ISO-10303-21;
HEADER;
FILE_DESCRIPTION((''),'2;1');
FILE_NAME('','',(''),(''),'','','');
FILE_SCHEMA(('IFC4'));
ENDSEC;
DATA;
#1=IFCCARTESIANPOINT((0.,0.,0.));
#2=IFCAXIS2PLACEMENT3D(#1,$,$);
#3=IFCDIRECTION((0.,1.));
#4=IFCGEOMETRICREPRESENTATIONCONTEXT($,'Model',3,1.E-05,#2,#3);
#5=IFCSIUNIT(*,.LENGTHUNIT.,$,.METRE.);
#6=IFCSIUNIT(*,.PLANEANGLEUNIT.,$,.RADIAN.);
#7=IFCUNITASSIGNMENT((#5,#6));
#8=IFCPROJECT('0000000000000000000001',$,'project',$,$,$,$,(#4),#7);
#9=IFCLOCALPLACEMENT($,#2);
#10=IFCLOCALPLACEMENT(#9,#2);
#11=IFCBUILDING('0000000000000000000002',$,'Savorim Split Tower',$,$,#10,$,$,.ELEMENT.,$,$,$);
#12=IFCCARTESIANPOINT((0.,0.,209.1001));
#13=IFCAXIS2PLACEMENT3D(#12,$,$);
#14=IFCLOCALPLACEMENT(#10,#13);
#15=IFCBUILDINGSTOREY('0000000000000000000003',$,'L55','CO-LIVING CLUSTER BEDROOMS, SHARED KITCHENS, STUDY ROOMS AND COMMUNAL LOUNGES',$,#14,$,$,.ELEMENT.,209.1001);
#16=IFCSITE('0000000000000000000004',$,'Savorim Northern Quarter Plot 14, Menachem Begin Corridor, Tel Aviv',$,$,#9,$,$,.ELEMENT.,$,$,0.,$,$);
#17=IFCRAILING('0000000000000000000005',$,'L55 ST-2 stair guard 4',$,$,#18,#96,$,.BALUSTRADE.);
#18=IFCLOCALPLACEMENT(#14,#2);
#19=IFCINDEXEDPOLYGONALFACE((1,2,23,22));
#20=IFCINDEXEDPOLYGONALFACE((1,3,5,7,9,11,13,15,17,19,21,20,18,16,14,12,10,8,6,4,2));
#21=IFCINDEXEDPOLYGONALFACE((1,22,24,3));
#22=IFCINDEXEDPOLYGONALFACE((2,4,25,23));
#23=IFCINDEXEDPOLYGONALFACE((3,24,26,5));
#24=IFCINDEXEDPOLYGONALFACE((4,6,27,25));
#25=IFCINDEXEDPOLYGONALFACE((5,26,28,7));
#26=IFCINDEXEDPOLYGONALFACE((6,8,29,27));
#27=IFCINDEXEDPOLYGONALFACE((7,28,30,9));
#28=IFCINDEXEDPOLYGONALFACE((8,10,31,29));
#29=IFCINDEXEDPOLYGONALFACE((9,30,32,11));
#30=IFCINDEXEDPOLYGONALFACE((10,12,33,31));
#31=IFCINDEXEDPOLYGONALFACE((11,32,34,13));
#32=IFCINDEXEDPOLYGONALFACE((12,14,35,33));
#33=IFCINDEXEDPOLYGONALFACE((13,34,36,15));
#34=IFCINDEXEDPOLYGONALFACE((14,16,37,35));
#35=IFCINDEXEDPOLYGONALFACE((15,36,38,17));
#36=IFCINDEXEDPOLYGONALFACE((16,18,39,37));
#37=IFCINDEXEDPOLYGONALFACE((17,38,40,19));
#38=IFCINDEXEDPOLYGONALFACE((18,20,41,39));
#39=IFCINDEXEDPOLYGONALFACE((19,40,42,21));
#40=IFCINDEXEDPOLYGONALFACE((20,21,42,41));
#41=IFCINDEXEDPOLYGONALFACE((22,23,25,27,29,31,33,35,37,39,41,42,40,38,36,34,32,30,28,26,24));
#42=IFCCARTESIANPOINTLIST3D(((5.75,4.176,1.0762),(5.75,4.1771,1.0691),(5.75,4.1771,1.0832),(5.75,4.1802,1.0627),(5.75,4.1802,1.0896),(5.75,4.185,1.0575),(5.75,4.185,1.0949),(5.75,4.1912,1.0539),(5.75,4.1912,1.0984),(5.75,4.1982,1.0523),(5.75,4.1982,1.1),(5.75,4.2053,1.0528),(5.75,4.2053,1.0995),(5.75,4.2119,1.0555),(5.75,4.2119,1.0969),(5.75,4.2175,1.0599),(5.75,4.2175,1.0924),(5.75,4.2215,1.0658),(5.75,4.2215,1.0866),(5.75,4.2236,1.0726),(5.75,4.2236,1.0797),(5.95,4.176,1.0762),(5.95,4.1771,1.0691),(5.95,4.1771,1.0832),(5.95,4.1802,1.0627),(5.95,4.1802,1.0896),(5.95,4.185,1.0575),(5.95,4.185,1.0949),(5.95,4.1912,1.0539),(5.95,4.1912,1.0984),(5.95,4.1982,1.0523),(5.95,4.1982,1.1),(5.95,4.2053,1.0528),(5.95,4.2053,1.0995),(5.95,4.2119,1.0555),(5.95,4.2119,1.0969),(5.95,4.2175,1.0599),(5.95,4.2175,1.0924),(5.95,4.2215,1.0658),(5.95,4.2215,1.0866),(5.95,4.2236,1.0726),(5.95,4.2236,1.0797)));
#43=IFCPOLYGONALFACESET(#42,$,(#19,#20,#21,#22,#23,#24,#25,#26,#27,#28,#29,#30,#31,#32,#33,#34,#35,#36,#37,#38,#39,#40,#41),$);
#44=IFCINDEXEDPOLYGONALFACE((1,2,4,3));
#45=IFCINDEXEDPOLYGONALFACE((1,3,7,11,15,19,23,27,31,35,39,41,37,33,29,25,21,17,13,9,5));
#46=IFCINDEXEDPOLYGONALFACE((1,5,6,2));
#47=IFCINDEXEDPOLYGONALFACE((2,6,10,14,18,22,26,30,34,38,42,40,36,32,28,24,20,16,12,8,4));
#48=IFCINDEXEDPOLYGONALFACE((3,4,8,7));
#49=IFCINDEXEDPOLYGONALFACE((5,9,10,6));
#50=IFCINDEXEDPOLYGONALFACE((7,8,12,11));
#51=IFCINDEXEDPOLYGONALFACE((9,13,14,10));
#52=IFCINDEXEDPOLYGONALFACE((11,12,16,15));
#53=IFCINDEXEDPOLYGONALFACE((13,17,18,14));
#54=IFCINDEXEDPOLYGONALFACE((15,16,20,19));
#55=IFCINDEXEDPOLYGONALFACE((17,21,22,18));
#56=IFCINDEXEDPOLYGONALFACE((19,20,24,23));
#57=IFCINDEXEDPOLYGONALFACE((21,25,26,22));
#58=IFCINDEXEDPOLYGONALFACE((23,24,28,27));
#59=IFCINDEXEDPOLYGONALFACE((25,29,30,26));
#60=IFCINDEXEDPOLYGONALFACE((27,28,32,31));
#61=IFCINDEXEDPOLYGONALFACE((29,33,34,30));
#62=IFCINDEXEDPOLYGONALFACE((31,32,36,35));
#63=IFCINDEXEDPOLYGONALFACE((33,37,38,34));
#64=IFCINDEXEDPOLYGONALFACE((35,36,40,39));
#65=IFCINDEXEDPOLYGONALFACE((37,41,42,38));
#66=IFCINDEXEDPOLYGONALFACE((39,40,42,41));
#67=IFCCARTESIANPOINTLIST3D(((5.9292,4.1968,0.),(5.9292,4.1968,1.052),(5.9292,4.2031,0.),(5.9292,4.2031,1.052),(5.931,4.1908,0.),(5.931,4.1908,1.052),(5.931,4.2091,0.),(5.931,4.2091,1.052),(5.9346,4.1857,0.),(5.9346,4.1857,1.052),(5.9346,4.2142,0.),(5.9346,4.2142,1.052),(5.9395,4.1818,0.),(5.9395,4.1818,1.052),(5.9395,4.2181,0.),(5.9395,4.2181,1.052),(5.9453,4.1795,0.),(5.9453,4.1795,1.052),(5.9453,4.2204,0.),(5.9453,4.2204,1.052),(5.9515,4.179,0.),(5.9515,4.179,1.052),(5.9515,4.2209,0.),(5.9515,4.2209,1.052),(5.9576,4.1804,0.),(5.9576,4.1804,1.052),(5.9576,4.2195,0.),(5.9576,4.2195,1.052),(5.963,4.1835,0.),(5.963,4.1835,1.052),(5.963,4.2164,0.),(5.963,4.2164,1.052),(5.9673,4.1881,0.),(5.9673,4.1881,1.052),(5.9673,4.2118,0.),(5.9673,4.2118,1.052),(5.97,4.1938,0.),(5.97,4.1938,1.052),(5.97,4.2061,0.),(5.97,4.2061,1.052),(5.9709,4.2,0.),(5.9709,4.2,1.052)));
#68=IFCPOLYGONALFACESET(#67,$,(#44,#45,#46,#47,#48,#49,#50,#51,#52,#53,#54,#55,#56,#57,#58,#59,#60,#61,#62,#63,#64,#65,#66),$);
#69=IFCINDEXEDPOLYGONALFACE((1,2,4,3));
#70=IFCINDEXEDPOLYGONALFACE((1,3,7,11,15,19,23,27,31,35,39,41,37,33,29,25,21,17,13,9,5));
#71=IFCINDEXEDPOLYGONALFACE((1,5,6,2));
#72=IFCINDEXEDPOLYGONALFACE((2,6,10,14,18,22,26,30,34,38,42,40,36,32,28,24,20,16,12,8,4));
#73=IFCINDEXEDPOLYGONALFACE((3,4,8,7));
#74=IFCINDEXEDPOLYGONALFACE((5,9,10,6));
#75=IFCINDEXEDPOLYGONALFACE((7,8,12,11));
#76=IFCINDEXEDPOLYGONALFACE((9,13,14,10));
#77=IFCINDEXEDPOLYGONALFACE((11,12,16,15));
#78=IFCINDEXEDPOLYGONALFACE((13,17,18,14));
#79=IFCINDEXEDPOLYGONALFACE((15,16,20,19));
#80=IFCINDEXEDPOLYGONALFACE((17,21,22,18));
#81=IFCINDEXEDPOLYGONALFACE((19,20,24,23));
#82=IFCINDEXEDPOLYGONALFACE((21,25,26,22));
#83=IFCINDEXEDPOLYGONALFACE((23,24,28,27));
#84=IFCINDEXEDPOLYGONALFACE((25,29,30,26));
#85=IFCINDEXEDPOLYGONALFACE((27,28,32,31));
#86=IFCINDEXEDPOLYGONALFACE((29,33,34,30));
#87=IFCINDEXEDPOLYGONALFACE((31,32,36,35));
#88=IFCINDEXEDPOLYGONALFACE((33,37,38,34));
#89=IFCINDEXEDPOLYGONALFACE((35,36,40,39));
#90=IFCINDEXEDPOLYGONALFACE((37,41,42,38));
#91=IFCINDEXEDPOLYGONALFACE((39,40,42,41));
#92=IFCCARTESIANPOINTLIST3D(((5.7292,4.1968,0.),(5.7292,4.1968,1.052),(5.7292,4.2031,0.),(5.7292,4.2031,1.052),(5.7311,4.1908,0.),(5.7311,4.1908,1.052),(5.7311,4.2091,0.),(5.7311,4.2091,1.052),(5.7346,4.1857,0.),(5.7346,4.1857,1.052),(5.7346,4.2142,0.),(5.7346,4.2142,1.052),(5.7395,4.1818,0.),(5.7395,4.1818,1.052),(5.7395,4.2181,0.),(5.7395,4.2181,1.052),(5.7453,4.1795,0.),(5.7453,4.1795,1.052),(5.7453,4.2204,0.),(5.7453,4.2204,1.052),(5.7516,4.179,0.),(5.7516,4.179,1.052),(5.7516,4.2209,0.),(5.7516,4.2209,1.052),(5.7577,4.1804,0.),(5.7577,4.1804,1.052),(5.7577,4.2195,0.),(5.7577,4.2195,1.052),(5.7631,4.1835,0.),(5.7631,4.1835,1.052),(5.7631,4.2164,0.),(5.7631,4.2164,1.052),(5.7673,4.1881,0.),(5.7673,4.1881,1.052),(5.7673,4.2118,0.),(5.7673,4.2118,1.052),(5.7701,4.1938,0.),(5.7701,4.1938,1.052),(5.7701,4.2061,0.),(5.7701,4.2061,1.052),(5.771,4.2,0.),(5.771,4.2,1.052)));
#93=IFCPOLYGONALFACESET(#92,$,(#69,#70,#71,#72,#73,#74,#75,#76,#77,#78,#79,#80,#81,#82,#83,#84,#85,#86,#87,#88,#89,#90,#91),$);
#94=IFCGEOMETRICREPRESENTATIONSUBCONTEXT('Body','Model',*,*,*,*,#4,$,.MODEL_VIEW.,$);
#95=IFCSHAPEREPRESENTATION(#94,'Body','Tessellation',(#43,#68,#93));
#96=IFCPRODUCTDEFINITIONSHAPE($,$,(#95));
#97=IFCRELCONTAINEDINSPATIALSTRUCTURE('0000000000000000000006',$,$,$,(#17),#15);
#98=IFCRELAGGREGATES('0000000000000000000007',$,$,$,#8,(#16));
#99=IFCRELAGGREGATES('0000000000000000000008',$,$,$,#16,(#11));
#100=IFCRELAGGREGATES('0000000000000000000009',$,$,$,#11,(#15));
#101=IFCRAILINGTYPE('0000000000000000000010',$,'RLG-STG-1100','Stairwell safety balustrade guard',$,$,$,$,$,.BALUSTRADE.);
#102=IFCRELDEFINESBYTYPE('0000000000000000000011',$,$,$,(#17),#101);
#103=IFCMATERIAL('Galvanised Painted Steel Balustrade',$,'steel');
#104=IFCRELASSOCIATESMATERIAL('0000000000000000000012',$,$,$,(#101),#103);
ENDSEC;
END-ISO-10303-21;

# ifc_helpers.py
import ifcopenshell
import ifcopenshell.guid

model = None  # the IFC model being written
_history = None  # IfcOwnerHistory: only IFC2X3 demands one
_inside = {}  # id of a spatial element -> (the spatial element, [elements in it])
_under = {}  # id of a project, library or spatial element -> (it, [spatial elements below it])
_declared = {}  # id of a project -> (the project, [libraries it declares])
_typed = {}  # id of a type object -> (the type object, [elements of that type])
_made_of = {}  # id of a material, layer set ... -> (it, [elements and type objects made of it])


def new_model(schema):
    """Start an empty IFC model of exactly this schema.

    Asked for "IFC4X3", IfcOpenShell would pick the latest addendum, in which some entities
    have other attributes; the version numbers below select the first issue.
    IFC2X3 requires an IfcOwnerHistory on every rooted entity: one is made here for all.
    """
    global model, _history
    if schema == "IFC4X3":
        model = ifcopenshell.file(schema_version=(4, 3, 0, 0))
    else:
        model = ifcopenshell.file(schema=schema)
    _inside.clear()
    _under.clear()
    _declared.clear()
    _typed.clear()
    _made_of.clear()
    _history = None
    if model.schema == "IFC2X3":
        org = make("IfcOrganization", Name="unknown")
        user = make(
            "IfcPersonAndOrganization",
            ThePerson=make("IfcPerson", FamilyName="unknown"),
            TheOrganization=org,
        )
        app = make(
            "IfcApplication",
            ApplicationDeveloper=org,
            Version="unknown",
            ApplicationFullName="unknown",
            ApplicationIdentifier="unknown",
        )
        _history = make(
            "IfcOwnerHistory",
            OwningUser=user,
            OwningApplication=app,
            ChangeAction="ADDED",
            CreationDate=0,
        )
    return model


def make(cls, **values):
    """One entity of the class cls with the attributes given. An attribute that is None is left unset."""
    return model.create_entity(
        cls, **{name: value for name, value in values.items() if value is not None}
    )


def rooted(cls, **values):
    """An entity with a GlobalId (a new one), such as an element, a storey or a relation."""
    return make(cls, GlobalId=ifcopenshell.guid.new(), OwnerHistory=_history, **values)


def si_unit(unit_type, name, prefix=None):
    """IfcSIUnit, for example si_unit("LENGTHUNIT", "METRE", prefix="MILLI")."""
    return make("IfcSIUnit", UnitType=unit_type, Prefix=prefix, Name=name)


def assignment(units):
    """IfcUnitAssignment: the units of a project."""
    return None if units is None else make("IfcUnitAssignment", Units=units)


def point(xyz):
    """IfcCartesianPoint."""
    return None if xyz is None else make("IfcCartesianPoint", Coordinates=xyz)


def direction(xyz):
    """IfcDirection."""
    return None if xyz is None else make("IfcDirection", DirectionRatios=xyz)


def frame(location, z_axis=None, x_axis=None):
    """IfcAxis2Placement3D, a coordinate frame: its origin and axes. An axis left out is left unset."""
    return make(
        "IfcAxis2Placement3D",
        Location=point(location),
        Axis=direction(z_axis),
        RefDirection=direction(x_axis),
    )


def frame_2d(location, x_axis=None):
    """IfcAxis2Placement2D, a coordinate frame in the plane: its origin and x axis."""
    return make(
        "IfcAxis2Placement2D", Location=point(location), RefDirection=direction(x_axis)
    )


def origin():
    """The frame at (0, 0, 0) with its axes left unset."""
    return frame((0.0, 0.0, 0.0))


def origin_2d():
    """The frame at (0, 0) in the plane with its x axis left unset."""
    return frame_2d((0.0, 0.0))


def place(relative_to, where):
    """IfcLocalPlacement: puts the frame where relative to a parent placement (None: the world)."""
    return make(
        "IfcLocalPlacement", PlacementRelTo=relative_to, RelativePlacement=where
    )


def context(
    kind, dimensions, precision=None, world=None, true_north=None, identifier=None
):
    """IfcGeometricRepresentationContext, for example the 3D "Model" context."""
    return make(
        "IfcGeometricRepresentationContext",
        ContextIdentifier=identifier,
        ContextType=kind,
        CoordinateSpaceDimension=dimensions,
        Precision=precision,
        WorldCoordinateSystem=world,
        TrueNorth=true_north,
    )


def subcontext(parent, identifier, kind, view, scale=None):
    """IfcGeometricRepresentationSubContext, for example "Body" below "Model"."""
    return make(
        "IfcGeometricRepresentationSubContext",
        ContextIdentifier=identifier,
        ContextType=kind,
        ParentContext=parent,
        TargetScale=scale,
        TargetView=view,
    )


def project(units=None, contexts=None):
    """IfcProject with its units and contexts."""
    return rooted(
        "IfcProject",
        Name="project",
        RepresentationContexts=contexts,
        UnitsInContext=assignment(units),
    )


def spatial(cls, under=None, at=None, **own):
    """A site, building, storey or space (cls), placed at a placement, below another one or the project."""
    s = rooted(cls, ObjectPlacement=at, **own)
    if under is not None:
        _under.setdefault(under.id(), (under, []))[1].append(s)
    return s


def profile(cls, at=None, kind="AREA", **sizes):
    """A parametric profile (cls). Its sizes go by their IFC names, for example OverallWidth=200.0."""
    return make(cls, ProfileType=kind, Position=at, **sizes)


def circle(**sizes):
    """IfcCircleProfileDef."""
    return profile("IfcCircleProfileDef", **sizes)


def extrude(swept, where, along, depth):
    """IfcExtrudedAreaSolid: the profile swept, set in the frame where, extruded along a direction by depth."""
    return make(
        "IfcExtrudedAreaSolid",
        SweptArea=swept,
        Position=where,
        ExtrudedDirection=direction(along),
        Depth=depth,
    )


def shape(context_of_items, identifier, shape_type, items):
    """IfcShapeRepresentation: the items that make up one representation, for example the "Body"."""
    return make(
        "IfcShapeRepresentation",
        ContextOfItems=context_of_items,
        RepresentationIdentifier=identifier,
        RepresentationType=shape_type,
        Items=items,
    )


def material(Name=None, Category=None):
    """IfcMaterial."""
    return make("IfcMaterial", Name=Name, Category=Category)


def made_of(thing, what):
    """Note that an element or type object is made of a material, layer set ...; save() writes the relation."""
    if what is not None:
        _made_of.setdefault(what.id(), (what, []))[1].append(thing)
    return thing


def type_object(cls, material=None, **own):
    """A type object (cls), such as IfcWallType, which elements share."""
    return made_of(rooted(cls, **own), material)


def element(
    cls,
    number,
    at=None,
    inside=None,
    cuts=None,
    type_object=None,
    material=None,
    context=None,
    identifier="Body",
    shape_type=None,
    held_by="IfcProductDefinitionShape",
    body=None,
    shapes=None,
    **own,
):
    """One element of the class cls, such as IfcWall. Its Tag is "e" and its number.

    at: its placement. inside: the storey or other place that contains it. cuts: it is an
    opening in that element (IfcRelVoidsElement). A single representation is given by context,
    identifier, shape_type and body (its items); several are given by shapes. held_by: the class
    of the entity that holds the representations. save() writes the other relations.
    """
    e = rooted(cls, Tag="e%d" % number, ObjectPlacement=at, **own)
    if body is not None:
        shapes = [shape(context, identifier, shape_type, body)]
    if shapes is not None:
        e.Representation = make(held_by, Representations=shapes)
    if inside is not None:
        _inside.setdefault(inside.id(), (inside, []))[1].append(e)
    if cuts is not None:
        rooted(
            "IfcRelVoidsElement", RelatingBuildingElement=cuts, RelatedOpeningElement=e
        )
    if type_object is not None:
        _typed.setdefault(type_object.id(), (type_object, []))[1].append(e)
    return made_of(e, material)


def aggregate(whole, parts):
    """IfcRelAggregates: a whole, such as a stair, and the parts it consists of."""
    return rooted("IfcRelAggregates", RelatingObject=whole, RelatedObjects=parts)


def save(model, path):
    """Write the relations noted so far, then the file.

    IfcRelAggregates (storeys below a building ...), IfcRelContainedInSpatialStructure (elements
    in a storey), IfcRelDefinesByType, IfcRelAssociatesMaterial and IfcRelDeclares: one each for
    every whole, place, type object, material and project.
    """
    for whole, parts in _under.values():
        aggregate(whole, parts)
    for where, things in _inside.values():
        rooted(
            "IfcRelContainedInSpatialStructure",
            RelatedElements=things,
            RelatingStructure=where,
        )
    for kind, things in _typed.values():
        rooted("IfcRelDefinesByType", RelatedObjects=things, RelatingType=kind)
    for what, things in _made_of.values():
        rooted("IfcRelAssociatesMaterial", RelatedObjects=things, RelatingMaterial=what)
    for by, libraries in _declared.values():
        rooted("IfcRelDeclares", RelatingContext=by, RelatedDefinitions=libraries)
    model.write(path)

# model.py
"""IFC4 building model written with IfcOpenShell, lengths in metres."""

from ifc_helpers import new_model, si_unit, direction, frame, origin, origin_2d, place, context, subcontext, project, spatial, circle, extrude, material, type_object, element, save


model = new_model("IFC4")

# Units and contexts
model_context = context("Model", 3, precision=1e-05, world=origin(), true_north=direction((0.0, 1.0)))
body_context = subcontext(model_context, "Body", "Model", "MODEL_VIEW")
ifc_project = project(units=[si_unit("LENGTHUNIT", "METRE"), si_unit("PLANEANGLEUNIT", "RADIAN")], contexts=[model_context])

# Site, building, storey
site_placement = place(None, origin())
site = spatial("IfcSite", under=ifc_project, at=site_placement, Name="Savorim Northern Quarter Plot 14, Menachem Begin Corridor, Tel Aviv", CompositionType="ELEMENT", RefElevation=0.0)
building_placement = place(site_placement, origin())
building = spatial("IfcBuilding", under=site, at=building_placement, Name="Savorim Split Tower", CompositionType="ELEMENT")
storey_placement = place(building_placement, frame((0.0, 0.0, 209.1001)))
storey = spatial("IfcBuildingStorey", under=building, at=storey_placement, Name="L55", Description="CO-LIVING CLUSTER BEDROOMS, SHARED KITCHENS, STUDY ROOMS AND COMMUNAL LOUNGES", CompositionType="ELEMENT", Elevation=209.1001)

# Railing
ifc_material_1 = material(Name="Galvanised Painted Steel Balustrade", Category="steel")
railing_type_1 = type_object("IfcRailingType", Name="RLG-STG-1100", Description="Stairwell safety balustrade guard", PredefinedType="BALUSTRADE", material=ifc_material_1)
railing_1_placement = place(storey_placement, frame((5.95, 4.2, 0.0)))
element("IfcRailing", 1, at=railing_1_placement, inside=storey, type_object=railing_type_1, Name="L55 ST-2 stair guard 4", PredefinedType="BALUSTRADE", context=body_context, shape_type="SweptSolid", body=[
    extrude(circle(Radius=0.0239, at=origin_2d()), frame((0.0, 0.0, 1.0762), z_axis=(-1.0, 0.0, 0.0), x_axis=(0.0, -1.0, 0.0)), (0.0, 0.0, 1.0), 0.2),
    extrude(circle(Radius=0.021, at=origin_2d()), origin(), (0.0, 0.0, 1.0), 1.052),
    extrude(circle(Radius=0.021, at=origin_2d()), frame((-0.2, 0.0, 0.0)), (0.0, 0.0, 1.0), 1.052),
])

save(model, "model.ifc")
